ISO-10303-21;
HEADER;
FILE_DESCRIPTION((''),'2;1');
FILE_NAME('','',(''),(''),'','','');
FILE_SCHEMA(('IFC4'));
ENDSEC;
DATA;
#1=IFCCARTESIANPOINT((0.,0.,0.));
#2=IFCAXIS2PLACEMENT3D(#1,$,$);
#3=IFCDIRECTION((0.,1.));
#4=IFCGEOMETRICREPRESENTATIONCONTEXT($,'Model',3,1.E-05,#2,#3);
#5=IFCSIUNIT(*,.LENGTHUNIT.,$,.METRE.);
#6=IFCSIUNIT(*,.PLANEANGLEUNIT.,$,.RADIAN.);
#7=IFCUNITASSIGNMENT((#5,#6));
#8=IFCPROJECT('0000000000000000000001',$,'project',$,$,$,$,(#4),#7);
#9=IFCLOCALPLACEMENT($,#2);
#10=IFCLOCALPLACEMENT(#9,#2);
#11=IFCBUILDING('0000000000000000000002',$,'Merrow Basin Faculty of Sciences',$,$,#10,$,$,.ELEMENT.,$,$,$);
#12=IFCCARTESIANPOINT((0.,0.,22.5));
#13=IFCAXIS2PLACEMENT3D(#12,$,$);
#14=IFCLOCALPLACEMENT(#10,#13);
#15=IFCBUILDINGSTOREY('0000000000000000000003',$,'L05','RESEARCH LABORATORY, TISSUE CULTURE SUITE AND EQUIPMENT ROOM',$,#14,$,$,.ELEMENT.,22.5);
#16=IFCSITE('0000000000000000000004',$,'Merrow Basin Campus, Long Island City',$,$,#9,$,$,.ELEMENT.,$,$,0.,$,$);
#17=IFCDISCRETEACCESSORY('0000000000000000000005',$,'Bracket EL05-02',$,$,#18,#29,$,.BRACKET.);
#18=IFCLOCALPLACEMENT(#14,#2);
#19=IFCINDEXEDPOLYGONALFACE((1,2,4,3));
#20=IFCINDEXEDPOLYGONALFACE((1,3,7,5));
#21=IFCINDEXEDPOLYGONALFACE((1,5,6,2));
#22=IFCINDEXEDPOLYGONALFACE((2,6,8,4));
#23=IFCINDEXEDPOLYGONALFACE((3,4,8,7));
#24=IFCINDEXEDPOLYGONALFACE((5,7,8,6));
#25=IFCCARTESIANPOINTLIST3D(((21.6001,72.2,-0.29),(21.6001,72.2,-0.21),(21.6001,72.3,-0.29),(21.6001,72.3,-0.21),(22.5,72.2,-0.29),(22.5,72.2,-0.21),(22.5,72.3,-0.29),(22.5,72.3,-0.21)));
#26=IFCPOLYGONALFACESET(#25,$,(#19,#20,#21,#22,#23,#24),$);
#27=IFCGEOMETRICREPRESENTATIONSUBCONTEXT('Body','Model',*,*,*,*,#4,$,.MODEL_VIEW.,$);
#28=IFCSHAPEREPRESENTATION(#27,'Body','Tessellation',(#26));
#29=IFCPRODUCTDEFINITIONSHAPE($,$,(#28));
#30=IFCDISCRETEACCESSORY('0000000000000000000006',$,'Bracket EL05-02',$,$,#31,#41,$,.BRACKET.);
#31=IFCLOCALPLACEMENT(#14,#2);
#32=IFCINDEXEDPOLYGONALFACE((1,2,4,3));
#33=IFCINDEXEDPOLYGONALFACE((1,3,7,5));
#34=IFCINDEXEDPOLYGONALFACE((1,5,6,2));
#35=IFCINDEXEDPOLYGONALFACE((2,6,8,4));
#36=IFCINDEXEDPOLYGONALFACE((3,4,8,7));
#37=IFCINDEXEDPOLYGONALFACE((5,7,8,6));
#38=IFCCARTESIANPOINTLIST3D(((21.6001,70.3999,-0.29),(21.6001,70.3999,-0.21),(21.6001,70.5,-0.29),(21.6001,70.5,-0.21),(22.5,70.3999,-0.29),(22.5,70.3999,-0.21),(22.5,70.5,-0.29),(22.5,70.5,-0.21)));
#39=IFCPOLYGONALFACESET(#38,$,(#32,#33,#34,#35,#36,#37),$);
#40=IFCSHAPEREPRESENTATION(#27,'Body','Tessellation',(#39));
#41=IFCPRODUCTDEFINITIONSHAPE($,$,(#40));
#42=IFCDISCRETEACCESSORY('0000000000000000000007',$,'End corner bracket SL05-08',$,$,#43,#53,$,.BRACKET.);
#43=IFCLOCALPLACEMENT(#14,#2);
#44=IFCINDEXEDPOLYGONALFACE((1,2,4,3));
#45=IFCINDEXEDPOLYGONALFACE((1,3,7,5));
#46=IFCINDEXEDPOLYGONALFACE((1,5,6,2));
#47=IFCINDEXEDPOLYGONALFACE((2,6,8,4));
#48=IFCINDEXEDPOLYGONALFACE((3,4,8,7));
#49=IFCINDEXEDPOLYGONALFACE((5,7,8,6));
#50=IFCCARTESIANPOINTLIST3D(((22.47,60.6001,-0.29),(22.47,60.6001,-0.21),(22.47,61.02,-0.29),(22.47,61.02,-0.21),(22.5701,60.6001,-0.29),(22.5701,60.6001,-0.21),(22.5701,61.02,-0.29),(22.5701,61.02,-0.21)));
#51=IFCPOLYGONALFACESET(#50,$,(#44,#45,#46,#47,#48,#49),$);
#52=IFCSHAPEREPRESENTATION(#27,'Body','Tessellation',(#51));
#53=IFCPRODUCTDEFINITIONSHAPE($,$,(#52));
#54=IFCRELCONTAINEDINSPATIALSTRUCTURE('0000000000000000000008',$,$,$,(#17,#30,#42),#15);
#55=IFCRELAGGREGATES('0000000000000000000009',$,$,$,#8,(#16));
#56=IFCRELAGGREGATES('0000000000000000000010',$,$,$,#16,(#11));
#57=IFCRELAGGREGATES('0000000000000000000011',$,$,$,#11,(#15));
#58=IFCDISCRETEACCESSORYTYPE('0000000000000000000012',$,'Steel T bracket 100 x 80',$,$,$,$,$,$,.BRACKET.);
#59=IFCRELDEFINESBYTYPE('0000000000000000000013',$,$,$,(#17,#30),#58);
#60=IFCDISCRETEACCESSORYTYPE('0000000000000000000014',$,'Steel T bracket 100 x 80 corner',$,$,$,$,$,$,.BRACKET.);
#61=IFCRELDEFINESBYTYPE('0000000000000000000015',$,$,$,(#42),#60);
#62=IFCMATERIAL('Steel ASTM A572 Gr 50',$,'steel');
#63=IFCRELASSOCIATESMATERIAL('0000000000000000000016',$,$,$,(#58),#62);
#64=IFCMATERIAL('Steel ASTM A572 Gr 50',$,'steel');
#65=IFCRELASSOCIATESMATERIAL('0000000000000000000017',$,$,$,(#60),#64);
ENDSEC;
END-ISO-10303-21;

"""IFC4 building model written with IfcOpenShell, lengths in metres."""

from ifc_helpers import new_model, si_unit, direction, frame, origin, place, context, subcontext, project, spatial, polyline, outline, extrude, source, transform, mapped, material, type_object, element, save


model = new_model("IFC4")

# Units and contexts
model_context = context("Model", 3, precision=1e-05, world=origin(), true_north=direction((0.0, 1.0)))
body_context = subcontext(model_context, "Body", "Model", "MODEL_VIEW")
ifc_project = project(units=[si_unit("LENGTHUNIT", "METRE"), si_unit("PLANEANGLEUNIT", "RADIAN")], contexts=[model_context])

# Site, building, storey
site_placement = place(None, origin())
site = spatial("IfcSite", under=ifc_project, at=site_placement, Name="Merrow Basin Campus, Long Island City", CompositionType="ELEMENT", RefElevation=0.0)
building_placement = place(site_placement, origin())
building = spatial("IfcBuilding", under=site, at=building_placement, Name="Merrow Basin Faculty of Sciences", CompositionType="ELEMENT")
storey_placement = place(building_placement, frame((0.0, 0.0, 22.5)))
storey = spatial("IfcBuildingStorey", under=building, at=storey_placement, Name="L05", Description="RESEARCH LABORATORY, TISSUE CULTURE SUITE AND EQUIPMENT ROOM", CompositionType="ELEMENT", Elevation=22.5)

# Discrete accessories
ifc_material_1 = material(Name="Steel ASTM A572 Gr 50", Category="steel")
discrete_accessory_type_1 = type_object("IfcDiscreteAccessoryType", Name="Steel T bracket 100 x 80", PredefinedType="BRACKET", material=ifc_material_1)
shared_shape_1 = source(origin(), body_context, "Body", "SweptSolid", [
    extrude(outline(polyline([(0.0, 0.0), (0.1001, 0.0), (0.1001, 0.0801), (0.0, 0.0801), (0.0, 0.0)])), origin(), (0.0, 0.0, 1.0), 0.8999),
])
for number, where, z_axis, x_axis, name in (
    (1, (22.5, 72.3, -0.29), (-1.0, 0.0, 0.0), (0.0, -1.0, 0.0), "Bracket EL05-02"),
    (2, (22.5, 70.5, -0.29), (-1.0, 0.0, 0.0), (0.0, -1.0, 0.0), "Bracket EL05-02"),
):
    element("IfcDiscreteAccessory", number, at=place(storey_placement, frame(where, z_axis=z_axis, x_axis=x_axis)), inside=storey, type_object=discrete_accessory_type_1, Name=name, PredefinedType="BRACKET", context=body_context, shape_type="MappedRepresentation", body=[
        mapped(shared_shape_1, transform((0.0, 0.0, 0.0), scale=1.0)),
    ])
ifc_material_2 = material(Name="Steel ASTM A572 Gr 50", Category="steel")
discrete_accessory_type_2 = type_object("IfcDiscreteAccessoryType", Name="Steel T bracket 100 x 80 corner", PredefinedType="BRACKET", material=ifc_material_2)
shared_shape_2 = source(origin(), body_context, "Body", "SweptSolid", [
    extrude(outline(polyline([(0.0, 0.0), (0.1001, 0.0), (0.1001, 0.0801), (0.0, 0.0801), (0.0, 0.0)])), origin(), (0.0, 0.0, 1.0), 0.4199),
])
discrete_accessory_placement = place(storey_placement, frame((22.5701, 60.6001, -0.29), z_axis=(0.0, 1.0, 0.0), x_axis=(-1.0, 0.0, 0.0)))
element("IfcDiscreteAccessory", 3, at=discrete_accessory_placement, inside=storey, type_object=discrete_accessory_type_2, Name="End corner bracket SL05-08", PredefinedType="BRACKET", context=body_context, shape_type="MappedRepresentation", body=[
    mapped(shared_shape_2, transform((0.0, 0.0, 0.0), scale=1.0)),
])

save(model, "model.ifc")
